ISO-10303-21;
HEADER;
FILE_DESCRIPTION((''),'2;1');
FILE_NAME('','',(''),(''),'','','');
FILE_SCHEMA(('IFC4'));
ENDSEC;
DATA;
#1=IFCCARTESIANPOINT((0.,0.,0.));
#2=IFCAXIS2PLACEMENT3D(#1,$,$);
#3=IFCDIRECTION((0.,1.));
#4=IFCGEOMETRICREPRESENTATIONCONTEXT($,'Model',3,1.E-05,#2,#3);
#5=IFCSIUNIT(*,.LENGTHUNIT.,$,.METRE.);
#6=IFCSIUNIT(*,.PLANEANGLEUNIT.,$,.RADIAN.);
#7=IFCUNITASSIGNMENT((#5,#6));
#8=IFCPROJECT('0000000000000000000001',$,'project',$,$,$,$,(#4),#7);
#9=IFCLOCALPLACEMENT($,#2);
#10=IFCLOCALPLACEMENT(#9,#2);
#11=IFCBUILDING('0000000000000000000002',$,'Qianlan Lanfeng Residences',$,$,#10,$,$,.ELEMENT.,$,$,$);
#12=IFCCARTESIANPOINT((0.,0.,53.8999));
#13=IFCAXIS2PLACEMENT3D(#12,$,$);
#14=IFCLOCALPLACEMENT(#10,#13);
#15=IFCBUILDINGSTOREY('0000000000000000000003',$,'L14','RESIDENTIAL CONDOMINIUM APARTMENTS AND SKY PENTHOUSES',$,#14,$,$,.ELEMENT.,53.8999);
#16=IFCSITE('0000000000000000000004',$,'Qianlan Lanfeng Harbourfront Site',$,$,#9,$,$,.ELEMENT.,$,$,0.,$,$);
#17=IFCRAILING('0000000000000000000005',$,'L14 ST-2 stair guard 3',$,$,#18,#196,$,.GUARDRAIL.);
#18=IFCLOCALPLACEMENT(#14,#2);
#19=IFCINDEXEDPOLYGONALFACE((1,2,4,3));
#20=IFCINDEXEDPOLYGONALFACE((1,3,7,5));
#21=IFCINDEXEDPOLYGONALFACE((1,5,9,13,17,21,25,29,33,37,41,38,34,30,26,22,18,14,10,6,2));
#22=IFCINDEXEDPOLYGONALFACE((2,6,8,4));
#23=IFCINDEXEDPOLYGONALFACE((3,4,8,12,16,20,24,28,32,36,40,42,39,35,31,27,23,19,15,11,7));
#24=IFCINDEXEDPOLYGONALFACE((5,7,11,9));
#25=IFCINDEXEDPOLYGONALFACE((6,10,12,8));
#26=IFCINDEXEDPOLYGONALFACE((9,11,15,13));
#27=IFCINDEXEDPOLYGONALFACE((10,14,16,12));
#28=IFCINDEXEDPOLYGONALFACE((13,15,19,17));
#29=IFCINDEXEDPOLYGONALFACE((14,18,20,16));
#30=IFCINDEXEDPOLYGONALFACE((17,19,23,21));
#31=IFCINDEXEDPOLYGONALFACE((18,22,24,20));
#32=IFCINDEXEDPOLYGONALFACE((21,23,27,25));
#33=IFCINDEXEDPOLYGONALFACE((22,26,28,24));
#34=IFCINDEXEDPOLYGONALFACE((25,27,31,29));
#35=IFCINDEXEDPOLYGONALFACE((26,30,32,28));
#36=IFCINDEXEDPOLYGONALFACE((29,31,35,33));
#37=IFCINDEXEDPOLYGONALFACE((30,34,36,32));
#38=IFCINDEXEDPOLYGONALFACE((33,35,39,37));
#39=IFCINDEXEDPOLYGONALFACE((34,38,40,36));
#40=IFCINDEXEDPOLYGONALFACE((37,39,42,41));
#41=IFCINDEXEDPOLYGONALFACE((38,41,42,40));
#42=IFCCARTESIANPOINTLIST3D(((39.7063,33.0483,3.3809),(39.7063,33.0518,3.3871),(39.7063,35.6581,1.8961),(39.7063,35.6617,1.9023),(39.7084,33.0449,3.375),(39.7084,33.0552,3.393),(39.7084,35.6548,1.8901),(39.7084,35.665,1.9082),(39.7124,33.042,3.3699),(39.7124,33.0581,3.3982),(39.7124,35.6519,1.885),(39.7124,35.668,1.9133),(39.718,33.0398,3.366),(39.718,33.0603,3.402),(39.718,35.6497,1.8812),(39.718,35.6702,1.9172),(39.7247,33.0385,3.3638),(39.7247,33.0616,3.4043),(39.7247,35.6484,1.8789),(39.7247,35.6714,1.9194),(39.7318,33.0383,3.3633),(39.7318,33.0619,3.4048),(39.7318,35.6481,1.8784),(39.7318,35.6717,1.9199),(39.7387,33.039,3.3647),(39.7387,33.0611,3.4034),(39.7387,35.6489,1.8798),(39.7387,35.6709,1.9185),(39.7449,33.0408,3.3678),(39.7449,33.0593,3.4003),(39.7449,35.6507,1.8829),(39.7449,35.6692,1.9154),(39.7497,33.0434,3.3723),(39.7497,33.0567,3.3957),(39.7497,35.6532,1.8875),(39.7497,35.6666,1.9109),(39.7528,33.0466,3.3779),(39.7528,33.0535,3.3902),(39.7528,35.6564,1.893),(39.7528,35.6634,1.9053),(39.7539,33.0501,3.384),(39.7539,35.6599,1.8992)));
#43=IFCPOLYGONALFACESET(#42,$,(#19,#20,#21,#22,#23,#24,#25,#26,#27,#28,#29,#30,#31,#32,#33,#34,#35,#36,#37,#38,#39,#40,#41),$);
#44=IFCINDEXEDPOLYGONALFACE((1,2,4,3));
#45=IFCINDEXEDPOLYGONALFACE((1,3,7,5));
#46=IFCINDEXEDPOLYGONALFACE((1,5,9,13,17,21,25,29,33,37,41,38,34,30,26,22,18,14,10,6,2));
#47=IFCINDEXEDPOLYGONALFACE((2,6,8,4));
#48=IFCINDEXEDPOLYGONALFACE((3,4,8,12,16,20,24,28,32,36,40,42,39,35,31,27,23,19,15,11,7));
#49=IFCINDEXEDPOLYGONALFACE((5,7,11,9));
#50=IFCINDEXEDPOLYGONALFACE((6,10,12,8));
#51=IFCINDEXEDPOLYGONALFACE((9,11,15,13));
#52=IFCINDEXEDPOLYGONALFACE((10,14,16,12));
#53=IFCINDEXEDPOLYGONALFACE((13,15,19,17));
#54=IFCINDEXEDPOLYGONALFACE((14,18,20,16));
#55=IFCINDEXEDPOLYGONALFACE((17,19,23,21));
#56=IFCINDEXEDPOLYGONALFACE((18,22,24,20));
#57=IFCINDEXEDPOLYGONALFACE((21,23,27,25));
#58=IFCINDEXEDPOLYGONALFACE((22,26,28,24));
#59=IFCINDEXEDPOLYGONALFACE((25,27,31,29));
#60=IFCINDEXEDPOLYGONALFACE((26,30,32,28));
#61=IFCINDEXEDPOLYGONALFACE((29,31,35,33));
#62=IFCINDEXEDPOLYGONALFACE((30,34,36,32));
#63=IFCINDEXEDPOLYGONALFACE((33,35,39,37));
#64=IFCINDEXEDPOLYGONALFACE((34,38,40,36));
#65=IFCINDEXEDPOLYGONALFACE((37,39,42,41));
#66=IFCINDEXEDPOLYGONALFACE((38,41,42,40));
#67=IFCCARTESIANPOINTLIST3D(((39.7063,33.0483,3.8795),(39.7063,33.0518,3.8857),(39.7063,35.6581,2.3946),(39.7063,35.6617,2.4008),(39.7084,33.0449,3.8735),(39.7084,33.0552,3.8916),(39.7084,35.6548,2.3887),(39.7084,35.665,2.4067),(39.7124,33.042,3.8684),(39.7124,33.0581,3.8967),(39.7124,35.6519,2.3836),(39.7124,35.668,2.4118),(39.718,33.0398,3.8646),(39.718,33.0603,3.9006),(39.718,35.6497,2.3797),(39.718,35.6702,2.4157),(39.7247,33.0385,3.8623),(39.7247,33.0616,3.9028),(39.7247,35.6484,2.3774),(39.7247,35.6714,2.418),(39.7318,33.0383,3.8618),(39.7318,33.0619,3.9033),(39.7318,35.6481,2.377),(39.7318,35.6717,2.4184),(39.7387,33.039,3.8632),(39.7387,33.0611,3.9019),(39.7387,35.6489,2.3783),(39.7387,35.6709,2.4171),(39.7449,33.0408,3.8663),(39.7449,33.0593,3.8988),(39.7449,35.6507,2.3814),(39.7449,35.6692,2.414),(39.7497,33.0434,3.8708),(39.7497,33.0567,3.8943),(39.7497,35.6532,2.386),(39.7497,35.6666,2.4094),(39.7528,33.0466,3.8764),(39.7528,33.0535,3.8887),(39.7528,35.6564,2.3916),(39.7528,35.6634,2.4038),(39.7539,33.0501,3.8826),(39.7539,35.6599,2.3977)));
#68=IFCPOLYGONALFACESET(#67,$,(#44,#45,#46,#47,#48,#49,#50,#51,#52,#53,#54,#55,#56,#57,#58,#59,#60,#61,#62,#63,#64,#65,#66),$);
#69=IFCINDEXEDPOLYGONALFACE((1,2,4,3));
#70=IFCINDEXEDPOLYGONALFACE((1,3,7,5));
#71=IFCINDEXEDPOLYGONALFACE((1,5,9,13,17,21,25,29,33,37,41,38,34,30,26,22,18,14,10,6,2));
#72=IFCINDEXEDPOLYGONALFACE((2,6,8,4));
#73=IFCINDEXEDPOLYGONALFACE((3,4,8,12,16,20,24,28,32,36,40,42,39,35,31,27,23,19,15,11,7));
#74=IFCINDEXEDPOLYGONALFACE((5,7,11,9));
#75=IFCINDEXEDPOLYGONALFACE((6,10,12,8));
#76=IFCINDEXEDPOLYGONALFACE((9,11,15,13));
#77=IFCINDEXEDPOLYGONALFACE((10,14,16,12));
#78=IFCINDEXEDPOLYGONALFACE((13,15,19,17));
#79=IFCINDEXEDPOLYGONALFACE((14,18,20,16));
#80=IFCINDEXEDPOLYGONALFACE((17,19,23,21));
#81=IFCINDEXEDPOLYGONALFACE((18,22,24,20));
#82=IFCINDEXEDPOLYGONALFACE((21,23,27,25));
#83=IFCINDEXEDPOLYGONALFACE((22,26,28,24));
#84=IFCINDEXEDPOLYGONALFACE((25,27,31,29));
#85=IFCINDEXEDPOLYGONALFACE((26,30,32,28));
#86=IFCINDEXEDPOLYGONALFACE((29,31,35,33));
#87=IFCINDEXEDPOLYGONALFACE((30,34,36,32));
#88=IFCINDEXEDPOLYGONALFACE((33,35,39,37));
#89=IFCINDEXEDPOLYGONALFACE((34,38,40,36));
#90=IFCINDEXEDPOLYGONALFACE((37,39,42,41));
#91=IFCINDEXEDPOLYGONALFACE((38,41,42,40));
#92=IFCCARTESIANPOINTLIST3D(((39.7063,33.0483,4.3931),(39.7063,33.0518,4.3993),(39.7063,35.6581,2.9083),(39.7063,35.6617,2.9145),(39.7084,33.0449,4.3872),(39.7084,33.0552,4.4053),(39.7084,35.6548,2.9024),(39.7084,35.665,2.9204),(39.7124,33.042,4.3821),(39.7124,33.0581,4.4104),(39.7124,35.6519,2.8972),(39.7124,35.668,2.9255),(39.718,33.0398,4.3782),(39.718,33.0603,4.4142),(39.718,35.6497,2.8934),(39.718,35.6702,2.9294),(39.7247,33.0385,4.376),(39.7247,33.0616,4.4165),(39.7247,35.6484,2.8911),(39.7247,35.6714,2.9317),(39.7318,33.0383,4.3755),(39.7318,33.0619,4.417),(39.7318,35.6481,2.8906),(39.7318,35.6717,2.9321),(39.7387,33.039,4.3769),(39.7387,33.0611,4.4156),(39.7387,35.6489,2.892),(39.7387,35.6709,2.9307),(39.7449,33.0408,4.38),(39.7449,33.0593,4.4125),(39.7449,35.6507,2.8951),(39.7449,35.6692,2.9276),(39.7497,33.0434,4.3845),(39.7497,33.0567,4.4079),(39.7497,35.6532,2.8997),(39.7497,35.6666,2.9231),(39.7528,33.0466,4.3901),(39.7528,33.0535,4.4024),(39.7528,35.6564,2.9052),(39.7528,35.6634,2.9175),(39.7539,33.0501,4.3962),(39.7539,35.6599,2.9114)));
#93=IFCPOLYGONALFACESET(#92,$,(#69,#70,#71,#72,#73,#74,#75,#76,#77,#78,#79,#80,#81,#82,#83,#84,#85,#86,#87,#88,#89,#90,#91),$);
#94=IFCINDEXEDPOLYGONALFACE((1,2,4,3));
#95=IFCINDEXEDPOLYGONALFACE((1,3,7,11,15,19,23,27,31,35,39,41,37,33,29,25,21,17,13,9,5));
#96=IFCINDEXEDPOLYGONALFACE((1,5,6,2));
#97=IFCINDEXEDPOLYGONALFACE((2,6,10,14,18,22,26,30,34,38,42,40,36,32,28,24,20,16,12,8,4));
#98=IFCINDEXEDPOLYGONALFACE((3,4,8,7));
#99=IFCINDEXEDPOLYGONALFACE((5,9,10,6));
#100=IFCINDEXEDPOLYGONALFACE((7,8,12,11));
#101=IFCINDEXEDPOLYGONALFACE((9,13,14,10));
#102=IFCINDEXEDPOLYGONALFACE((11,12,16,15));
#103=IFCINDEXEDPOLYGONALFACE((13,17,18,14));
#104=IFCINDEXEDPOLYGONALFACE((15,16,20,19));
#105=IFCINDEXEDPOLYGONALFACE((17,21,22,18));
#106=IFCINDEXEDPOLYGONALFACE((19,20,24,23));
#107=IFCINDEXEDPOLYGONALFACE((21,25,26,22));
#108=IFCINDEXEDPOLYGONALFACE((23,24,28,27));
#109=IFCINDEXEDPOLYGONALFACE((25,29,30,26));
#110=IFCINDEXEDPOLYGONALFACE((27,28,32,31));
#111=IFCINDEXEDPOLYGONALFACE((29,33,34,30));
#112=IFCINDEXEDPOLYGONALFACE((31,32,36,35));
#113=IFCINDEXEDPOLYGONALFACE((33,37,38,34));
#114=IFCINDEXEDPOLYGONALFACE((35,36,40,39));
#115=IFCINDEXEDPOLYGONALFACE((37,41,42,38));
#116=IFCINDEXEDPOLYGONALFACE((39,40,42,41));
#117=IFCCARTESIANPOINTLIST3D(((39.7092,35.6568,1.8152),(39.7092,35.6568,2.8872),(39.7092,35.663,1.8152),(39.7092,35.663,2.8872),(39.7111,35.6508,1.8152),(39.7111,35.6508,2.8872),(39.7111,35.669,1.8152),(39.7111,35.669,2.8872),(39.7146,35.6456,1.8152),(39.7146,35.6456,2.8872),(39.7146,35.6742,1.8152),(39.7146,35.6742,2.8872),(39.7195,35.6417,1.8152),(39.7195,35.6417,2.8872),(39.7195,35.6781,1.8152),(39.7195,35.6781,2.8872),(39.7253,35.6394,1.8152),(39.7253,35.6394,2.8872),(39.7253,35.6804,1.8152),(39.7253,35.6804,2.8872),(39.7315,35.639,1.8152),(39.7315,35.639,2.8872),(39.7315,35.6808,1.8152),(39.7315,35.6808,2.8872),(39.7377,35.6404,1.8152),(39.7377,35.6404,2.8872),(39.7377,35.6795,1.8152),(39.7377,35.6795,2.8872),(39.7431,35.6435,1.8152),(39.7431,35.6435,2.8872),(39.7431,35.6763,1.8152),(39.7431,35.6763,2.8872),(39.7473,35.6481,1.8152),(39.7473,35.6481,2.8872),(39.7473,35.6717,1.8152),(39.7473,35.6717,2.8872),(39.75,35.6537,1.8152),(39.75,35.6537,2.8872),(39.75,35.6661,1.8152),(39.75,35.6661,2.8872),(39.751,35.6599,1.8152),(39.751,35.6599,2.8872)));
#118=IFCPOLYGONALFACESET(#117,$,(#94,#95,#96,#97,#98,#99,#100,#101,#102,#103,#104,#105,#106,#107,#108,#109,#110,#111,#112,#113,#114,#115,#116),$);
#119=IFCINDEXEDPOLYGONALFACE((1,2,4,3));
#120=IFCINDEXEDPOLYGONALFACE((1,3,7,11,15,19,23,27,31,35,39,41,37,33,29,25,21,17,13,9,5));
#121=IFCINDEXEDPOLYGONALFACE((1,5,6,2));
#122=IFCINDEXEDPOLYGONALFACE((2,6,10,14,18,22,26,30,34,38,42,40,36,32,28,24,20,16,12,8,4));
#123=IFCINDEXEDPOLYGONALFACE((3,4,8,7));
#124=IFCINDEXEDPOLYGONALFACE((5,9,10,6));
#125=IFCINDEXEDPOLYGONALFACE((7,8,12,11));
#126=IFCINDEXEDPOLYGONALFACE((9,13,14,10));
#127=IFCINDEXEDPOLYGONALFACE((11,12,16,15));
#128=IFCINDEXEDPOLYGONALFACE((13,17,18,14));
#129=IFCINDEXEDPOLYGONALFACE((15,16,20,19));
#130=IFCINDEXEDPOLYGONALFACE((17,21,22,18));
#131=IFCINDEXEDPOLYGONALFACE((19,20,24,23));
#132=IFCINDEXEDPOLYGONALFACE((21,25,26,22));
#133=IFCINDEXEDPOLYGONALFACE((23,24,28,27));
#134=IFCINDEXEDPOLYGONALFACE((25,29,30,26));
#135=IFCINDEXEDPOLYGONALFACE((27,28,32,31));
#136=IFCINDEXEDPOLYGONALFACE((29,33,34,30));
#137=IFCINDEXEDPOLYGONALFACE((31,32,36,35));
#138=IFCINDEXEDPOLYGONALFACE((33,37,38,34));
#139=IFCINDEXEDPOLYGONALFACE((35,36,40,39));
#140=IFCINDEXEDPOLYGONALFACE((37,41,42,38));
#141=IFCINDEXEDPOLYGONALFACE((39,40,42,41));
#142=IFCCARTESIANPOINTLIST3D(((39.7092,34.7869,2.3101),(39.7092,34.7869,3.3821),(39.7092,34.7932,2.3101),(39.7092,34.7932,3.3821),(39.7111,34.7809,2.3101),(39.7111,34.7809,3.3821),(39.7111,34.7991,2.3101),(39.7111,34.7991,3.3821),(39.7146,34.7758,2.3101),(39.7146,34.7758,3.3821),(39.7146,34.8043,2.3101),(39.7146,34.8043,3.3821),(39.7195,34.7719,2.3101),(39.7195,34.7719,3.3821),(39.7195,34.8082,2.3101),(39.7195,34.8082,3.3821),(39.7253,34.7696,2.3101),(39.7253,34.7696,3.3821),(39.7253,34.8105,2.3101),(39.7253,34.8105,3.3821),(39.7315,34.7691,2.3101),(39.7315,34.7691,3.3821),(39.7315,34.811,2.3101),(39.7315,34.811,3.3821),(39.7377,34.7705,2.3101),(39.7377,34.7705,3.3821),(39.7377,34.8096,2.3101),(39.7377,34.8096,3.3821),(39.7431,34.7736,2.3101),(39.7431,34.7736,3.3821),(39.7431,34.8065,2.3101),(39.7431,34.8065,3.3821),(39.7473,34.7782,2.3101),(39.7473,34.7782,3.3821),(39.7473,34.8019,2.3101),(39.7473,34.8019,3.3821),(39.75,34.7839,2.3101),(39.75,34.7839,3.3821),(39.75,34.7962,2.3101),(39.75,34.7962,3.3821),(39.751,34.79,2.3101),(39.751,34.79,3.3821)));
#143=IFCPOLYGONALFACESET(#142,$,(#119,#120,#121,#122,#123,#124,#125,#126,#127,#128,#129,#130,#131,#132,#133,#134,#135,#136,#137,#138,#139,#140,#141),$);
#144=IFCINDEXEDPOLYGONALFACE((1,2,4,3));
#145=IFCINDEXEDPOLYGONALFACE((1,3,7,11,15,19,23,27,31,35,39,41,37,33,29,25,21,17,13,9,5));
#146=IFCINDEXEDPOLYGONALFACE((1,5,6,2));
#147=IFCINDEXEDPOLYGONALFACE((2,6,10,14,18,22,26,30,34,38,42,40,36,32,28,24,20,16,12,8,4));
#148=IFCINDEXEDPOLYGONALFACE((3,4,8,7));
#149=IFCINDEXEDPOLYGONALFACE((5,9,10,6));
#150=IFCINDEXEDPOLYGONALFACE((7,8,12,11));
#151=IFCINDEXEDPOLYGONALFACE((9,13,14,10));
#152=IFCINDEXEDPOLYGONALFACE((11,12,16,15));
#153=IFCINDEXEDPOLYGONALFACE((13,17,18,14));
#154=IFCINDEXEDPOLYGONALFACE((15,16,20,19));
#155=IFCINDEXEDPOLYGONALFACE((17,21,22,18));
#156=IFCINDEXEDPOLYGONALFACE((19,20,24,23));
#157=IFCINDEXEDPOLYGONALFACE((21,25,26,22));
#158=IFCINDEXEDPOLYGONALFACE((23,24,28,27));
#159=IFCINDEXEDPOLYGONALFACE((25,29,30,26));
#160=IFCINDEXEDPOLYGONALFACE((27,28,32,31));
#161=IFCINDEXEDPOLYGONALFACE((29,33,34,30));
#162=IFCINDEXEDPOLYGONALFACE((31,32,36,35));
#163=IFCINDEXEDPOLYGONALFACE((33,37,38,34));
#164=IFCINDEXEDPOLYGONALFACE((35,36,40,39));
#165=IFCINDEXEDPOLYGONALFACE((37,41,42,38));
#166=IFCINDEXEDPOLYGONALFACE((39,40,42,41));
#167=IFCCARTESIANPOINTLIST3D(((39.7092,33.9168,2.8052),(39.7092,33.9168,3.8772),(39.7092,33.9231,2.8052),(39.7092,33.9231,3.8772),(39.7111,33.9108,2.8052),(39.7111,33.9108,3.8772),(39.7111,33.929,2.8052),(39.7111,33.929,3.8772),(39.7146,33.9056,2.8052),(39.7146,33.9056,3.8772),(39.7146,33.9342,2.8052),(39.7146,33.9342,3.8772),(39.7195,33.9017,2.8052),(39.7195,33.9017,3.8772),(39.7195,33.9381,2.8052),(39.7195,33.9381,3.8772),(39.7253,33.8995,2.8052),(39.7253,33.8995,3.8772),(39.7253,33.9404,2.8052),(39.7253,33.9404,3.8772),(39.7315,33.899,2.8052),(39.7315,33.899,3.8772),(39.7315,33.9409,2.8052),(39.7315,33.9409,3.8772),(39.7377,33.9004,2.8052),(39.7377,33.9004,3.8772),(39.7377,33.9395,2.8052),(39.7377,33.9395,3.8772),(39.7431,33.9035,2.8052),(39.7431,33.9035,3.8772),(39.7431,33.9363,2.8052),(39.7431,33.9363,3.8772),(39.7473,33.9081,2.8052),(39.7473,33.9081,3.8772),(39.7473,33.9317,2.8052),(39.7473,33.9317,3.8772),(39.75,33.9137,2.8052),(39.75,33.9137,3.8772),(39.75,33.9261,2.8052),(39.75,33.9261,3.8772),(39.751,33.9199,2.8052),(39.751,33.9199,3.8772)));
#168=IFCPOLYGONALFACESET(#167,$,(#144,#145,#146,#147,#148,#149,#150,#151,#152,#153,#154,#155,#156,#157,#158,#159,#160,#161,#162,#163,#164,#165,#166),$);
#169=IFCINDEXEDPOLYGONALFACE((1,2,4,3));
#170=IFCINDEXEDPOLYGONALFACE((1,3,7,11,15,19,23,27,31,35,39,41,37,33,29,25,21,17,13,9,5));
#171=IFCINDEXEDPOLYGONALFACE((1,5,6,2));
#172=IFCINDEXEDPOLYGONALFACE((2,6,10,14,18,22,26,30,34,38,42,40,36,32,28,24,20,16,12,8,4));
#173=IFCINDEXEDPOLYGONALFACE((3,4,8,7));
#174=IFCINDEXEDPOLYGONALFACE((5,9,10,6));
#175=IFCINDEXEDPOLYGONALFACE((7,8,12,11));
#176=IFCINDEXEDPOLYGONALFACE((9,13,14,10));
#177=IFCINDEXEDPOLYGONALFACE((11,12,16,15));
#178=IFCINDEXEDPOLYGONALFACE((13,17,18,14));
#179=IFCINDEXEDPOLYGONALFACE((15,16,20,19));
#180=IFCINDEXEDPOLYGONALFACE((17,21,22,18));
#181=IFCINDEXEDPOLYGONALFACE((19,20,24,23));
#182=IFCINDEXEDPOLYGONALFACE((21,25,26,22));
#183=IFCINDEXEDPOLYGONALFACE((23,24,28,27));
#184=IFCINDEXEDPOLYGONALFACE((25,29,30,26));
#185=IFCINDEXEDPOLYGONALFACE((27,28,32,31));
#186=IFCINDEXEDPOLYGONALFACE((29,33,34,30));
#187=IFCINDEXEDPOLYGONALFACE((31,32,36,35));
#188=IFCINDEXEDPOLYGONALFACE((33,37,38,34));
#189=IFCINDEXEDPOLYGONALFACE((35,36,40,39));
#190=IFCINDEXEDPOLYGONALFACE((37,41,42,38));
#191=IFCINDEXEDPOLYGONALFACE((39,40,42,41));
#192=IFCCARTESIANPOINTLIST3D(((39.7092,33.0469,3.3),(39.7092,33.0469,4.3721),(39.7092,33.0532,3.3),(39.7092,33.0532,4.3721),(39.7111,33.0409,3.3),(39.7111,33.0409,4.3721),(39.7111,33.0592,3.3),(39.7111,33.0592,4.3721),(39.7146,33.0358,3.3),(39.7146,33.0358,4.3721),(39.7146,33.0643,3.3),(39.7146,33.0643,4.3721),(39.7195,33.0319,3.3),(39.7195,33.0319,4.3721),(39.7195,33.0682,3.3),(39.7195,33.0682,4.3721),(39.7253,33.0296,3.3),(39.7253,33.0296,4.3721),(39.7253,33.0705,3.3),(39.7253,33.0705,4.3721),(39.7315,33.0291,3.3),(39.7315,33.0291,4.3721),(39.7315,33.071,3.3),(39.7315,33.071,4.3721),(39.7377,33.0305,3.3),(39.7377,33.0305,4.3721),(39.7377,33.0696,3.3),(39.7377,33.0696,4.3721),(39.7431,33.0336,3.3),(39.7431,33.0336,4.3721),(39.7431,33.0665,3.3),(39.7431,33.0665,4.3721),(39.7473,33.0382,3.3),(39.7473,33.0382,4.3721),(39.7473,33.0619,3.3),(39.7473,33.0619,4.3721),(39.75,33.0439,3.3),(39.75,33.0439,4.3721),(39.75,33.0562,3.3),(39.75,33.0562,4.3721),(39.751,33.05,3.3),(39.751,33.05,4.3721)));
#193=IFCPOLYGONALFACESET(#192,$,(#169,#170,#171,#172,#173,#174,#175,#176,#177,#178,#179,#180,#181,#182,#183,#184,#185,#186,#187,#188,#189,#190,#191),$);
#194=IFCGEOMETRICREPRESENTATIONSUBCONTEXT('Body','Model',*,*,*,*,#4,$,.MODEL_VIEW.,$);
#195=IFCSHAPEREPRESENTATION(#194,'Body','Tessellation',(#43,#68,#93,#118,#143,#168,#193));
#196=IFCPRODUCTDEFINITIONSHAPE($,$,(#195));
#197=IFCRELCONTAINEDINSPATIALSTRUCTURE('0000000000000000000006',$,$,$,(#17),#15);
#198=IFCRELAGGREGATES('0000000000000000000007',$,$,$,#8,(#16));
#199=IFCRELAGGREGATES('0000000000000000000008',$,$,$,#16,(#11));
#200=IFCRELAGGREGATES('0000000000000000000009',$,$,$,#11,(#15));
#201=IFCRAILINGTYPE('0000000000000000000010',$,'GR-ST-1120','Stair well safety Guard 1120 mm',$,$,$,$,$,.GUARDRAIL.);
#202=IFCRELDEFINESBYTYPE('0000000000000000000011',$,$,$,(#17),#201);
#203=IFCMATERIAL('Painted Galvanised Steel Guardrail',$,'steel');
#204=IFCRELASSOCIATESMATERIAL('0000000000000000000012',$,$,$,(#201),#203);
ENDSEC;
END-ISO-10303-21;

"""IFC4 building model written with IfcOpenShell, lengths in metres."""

from ifc_helpers import new_model, si_unit, direction, frame, origin, origin_2d, place, context, subcontext, project, spatial, circle, extrude, material, type_object, element, save


model = new_model("IFC4")

# Units and contexts
model_context = context("Model", 3, precision=1e-05, world=origin(), true_north=direction((0.0, 1.0)))
body_context = subcontext(model_context, "Body", "Model", "MODEL_VIEW")
ifc_project = project(units=[si_unit("LENGTHUNIT", "METRE"), si_unit("PLANEANGLEUNIT", "RADIAN")], contexts=[model_context])

# Site, building, storey
site_placement = place(None, origin())
site = spatial("IfcSite", under=ifc_project, at=site_placement, Name="Qianlan Lanfeng Harbourfront Site", CompositionType="ELEMENT", RefElevation=0.0)
building_placement = place(site_placement, origin())
building = spatial("IfcBuilding", under=site, at=building_placement, Name="Qianlan Lanfeng Residences", CompositionType="ELEMENT")
storey_placement = place(building_placement, frame((0.0, 0.0, 53.8999)))
storey = spatial("IfcBuildingStorey", under=building, at=storey_placement, Name="L14", Description="RESIDENTIAL CONDOMINIUM APARTMENTS AND SKY PENTHOUSES", CompositionType="ELEMENT", Elevation=53.8999)

# Railing
ifc_material_1 = material(Name="Painted Galvanised Steel Guardrail", Category="steel")
railing_type_1 = type_object("IfcRailingType", Name="GR-ST-1120", Description="Stair well safety Guard 1120 mm", PredefinedType="GUARDRAIL", material=ifc_material_1)
railing_1_placement = place(storey_placement, frame((39.73, 35.6599, 1.8152)))
element("IfcRailing", 1, at=railing_1_placement, inside=storey, type_object=railing_type_1, Name="L14 ST-2 stair guard 3", PredefinedType="GUARDRAIL", context=body_context, shape_type="SweptSolid", body=[
    extrude(circle(Radius=0.0239, at=origin_2d()), frame((0.0, 0.0, 0.084), z_axis=(0.0, -0.869172, 0.494509), x_axis=(1.0, 0.0, 0.0)), (0.0, 0.0, 1.0), 3.0027),
    extrude(circle(Radius=0.0239, at=origin_2d()), frame((0.0, 0.0, 0.5825), z_axis=(0.0, -0.869172, 0.494509), x_axis=(1.0, 0.0, 0.0)), (0.0, 0.0, 1.0), 3.0027),
    extrude(circle(Radius=0.0239, at=origin_2d()), frame((0.0, 0.0, 1.0962), z_axis=(0.0, -0.869172, 0.494509), x_axis=(1.0, 0.0, 0.0)), (0.0, 0.0, 1.0), 3.0027),
    extrude(circle(Radius=0.021, at=origin_2d()), origin(), (0.0, 0.0, 1.0), 1.072),
    extrude(circle(Radius=0.021, at=origin_2d()), frame((0.0, -0.8699, 0.4949)), (0.0, 0.0, 1.0), 1.072),
    extrude(circle(Radius=0.021, at=origin_2d()), frame((0.0, -1.74, 0.99)), (0.0, 0.0, 1.0), 1.072),
    extrude(circle(Radius=0.021, at=origin_2d()), frame((0.0, -2.6099, 1.4849)), (0.0, 0.0, 1.0), 1.072),
])

save(model, "model.ifc")
